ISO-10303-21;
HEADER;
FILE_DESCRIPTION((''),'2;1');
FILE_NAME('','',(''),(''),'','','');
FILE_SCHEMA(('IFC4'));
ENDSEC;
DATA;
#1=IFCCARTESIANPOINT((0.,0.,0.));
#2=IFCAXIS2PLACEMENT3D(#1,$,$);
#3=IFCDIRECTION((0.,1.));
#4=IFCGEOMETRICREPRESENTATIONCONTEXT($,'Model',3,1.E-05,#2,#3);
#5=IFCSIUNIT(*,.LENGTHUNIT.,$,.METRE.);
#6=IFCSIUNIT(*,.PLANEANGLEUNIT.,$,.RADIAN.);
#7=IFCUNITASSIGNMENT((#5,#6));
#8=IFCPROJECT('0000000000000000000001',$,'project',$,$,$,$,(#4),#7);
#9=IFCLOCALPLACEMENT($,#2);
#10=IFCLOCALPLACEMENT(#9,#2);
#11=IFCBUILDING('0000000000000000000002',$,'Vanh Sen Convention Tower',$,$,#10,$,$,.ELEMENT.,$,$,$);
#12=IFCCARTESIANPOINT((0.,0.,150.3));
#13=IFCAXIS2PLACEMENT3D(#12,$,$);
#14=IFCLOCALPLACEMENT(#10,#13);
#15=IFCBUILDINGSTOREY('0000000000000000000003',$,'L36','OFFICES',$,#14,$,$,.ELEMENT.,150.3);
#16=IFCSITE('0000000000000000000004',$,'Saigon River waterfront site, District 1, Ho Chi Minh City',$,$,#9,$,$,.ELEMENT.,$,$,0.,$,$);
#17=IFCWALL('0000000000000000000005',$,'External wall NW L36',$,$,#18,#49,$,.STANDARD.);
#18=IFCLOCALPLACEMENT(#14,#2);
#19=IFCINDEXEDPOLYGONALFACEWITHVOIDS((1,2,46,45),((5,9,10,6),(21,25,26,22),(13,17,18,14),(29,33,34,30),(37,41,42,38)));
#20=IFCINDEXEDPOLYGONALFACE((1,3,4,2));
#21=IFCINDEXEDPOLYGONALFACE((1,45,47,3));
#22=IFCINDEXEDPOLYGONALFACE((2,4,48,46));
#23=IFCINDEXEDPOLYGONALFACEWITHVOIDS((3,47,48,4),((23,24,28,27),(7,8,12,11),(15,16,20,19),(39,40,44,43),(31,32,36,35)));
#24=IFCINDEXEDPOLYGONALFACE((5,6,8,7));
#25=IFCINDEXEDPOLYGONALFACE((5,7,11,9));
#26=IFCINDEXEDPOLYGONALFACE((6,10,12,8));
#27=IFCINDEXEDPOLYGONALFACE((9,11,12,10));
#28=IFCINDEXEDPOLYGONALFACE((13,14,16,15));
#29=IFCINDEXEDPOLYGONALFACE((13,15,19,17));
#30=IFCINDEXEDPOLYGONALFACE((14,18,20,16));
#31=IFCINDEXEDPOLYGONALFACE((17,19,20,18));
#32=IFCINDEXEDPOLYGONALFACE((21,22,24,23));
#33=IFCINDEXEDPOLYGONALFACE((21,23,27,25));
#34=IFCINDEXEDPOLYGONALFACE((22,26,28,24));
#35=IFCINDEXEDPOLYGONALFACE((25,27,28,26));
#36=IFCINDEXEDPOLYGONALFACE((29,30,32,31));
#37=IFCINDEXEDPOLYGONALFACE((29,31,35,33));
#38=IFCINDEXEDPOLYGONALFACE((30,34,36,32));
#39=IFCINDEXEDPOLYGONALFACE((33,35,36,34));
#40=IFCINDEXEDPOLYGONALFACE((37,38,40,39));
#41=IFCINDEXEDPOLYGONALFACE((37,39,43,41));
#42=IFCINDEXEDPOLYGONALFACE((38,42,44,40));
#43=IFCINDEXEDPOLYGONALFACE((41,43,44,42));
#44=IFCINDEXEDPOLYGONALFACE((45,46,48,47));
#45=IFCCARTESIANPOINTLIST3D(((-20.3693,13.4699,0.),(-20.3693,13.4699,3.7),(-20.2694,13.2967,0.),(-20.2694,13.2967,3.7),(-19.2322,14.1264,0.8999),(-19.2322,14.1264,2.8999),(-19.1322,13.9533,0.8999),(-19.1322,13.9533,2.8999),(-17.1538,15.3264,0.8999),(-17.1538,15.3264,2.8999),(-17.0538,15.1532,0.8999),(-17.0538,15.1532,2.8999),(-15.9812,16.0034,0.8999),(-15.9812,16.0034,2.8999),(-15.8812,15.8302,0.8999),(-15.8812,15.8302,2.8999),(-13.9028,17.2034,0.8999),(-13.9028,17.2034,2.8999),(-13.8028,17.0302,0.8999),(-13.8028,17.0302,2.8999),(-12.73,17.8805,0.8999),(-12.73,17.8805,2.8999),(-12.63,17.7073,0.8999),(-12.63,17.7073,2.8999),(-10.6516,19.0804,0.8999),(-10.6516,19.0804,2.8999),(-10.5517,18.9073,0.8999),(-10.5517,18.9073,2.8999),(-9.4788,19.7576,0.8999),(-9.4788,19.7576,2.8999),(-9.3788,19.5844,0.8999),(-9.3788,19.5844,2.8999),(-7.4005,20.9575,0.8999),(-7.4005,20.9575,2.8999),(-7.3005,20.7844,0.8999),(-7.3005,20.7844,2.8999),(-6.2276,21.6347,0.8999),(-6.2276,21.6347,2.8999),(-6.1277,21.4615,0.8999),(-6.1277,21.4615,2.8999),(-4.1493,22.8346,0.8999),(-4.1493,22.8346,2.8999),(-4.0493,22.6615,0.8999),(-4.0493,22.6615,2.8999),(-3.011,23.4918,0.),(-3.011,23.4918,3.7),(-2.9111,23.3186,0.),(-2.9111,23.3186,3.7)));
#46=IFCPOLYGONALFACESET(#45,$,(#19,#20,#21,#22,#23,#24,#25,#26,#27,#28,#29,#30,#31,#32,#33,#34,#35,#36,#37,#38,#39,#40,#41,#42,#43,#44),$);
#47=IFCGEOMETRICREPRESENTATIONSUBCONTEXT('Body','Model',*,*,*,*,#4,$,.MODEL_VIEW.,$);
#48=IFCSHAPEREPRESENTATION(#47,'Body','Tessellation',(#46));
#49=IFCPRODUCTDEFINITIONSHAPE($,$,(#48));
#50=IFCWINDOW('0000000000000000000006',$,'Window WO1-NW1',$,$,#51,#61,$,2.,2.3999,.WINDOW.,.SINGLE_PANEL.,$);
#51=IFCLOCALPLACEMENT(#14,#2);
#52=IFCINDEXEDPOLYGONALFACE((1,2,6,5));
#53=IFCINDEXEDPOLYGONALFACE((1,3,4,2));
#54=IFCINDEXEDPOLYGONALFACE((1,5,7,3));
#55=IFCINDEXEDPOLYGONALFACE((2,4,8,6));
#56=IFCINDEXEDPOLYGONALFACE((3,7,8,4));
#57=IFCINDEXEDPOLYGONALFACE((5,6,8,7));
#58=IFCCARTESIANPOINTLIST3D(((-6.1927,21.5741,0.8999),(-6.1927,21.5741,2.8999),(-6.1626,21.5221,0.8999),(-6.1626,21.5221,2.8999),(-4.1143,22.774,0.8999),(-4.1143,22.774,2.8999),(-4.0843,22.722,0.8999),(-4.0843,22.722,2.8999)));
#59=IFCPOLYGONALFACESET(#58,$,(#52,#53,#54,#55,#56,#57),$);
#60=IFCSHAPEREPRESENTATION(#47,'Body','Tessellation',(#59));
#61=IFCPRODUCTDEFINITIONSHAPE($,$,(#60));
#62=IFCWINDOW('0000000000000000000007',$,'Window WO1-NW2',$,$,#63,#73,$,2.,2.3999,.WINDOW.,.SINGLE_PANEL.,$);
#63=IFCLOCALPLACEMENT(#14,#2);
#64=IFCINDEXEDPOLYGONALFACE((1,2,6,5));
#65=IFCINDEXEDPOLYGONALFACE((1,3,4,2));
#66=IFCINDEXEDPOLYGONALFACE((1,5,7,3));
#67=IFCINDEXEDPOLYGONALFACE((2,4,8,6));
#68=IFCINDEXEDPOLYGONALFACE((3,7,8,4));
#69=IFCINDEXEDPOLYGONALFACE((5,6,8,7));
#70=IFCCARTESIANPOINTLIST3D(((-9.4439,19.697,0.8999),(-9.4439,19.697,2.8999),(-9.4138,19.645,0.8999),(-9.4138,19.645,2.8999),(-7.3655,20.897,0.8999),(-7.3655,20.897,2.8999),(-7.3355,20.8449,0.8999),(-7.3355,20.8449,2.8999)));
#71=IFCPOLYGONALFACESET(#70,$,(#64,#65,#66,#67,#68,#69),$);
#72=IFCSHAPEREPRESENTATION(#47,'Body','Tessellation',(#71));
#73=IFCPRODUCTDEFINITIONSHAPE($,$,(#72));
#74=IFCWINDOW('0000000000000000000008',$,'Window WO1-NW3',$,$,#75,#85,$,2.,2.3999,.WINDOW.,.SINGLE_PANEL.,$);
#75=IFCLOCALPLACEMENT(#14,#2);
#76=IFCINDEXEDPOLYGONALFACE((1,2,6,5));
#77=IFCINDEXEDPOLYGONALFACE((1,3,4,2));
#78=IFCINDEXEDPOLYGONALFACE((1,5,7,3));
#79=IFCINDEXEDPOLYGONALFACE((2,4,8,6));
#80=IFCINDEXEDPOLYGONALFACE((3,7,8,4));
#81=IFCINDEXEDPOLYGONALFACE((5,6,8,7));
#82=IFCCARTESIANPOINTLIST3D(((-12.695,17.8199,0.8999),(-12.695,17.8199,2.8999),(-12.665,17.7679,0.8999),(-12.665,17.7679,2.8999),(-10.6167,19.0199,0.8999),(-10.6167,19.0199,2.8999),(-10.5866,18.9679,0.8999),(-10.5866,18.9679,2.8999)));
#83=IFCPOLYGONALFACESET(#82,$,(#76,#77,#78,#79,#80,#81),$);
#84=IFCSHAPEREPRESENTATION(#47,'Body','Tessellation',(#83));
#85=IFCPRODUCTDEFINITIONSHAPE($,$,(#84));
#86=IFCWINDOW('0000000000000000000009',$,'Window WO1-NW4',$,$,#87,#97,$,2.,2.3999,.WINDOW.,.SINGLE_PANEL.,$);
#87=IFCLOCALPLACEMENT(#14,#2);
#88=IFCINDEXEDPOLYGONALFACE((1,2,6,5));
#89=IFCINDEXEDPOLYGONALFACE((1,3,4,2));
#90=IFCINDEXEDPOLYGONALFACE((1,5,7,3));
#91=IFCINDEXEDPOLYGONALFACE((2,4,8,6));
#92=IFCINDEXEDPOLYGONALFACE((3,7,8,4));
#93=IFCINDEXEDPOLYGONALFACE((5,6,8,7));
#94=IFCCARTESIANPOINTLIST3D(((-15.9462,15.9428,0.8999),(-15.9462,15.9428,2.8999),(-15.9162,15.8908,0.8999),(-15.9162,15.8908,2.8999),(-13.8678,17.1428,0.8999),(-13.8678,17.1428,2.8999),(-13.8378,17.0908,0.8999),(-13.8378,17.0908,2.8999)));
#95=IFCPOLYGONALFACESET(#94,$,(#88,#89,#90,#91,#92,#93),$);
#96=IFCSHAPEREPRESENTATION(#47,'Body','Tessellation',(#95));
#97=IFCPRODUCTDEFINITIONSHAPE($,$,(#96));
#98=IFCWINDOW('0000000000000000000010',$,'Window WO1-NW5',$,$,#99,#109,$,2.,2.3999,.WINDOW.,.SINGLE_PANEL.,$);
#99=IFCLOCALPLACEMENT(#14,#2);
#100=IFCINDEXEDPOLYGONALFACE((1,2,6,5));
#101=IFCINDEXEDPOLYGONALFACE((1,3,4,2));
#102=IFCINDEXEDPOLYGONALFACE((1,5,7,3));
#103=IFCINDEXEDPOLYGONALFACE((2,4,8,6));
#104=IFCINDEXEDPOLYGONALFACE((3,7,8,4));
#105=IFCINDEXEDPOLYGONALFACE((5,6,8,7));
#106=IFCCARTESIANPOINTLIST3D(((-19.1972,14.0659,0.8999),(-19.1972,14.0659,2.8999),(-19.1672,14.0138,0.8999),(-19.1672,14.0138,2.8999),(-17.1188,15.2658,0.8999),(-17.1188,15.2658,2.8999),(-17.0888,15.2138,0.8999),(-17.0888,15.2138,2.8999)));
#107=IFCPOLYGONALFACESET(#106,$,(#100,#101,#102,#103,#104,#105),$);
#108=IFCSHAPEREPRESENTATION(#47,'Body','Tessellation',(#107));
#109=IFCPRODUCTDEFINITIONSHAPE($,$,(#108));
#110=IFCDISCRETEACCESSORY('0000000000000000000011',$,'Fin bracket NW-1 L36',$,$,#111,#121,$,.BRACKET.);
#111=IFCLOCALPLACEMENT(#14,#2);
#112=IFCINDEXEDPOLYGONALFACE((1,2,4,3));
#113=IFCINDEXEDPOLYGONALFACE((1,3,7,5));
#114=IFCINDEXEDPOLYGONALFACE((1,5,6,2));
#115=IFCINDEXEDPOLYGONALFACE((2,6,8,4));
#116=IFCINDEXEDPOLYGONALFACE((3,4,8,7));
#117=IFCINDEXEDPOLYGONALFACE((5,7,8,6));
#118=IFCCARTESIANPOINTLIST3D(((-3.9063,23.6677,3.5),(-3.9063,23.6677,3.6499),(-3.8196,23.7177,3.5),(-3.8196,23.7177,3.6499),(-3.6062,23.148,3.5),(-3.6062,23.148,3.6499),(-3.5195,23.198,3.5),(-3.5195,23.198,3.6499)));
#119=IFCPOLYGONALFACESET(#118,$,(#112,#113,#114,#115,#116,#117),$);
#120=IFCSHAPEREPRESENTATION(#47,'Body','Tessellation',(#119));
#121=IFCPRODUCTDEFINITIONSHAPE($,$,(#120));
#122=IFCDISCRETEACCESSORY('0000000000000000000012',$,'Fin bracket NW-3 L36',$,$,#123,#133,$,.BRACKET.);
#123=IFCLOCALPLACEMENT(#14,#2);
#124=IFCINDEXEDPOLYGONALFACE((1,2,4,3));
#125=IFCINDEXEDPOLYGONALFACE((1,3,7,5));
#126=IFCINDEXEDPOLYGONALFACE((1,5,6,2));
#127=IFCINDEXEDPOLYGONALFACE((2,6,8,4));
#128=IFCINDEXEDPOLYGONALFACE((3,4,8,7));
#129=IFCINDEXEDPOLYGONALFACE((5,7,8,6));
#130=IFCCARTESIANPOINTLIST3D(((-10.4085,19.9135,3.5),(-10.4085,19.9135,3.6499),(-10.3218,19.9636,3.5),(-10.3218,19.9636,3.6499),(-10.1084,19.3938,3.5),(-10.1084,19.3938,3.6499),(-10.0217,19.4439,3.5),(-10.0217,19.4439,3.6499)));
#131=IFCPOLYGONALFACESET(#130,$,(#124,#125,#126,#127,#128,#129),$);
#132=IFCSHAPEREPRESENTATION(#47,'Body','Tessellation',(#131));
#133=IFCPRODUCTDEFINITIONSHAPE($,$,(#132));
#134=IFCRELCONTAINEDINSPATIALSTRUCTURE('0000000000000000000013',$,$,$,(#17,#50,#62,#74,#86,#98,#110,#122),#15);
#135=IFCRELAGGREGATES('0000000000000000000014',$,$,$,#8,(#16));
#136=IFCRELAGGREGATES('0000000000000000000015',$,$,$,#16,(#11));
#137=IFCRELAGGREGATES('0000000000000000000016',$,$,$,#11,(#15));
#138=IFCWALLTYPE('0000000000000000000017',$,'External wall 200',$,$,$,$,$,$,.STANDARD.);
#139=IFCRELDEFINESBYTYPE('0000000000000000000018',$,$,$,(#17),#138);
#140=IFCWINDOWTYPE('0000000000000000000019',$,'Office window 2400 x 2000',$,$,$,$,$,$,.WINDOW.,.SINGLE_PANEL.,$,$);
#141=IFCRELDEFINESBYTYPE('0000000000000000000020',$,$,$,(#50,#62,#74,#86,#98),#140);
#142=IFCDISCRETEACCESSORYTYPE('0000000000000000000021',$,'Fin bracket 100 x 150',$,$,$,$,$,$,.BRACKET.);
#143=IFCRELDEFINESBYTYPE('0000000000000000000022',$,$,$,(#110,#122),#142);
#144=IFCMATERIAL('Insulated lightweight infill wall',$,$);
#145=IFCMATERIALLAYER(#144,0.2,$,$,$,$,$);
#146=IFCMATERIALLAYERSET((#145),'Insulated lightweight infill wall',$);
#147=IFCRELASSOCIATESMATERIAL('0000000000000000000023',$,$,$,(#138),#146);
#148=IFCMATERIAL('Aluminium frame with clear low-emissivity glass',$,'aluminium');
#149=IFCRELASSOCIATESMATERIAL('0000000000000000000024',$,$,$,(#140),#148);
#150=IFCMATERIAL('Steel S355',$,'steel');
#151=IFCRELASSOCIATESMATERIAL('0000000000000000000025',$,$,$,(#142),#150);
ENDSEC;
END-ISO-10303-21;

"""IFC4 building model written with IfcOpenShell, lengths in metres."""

from ifc_helpers import new_model, si_unit, direction, frame, frame_2d, origin, origin_2d, place, context, subcontext, project, spatial, rectangle, extrude, material, layer, layer_set, type_object, element, fill, save


model = new_model("IFC4")

# Units and contexts
model_context = context("Model", 3, precision=1e-05, world=origin(), true_north=direction((0.0, 1.0)))
body_context = subcontext(model_context, "Body", "Model", "MODEL_VIEW")
ifc_project = project(units=[si_unit("LENGTHUNIT", "METRE"), si_unit("PLANEANGLEUNIT", "RADIAN")], contexts=[model_context])

# Site, building, storey
site_placement = place(None, origin())
site = spatial("IfcSite", under=ifc_project, at=site_placement, Name="Saigon River waterfront site, District 1, Ho Chi Minh City", CompositionType="ELEMENT", RefElevation=0.0)
building_placement = place(site_placement, origin())
building = spatial("IfcBuilding", under=site, at=building_placement, Name="Vanh Sen Convention Tower", CompositionType="ELEMENT")
storey_placement = place(building_placement, frame((0.0, 0.0, 150.3)))
storey = spatial("IfcBuildingStorey", under=building, at=storey_placement, Name="L36", Description="OFFICES", CompositionType="ELEMENT", Elevation=150.3)

# Wall, openings, windows
ifc_material_1 = material(Name="Insulated lightweight infill wall")
ifc_layer_1 = layer(ifc_material_1, 0.2)
ifc_layer_set_1 = layer_set([ifc_layer_1], Name="Insulated lightweight infill wall")
wall_type_1 = type_object("IfcWallType", Name="External wall 200", PredefinedType="STANDARD", material=ifc_layer_set_1)
wall_1_placement = place(storey_placement, frame((-2.9609, 23.4053, 0.0), z_axis=(0.0, 0.0, 1.0), x_axis=(-0.866023, -0.500004, 0.0)))
wall_1 = element("IfcWall", 1, at=wall_1_placement, inside=storey, type_object=wall_type_1, Name="External wall NW L36", PredefinedType="STANDARD", context=body_context, shape_type="SweptSolid", body=[
    extrude(rectangle(XDim=20.0437, YDim=0.2, at=frame_2d((10.022, 0.0))), origin(), (0.0, 0.0, 1.0), 3.7),
])
opening_1_placement = place(wall_1_placement, frame((1.3145, 0.0, 0.8999)))
opening_1 = element("IfcOpeningElement", 2, at=opening_1_placement, cuts=wall_1, PredefinedType="OPENING", context=body_context, shape_type="SweptSolid", body=[
    extrude(rectangle(XDim=2.3999, YDim=2.0, at=frame_2d((1.2, 1.0))), frame((0.0, 0.1099, 0.0), z_axis=(0.0, -1.0, 0.0), x_axis=(1.0, 0.0, 0.0)), (0.0, 0.0, 1.0), 0.22),
])
opening_2_placement = place(wall_1_placement, frame((5.0686, 0.0, 0.8999)))
opening_2 = element("IfcOpeningElement", 3, at=opening_2_placement, cuts=wall_1, PredefinedType="OPENING", context=body_context, shape_type="SweptSolid", body=[
    extrude(rectangle(XDim=2.3999, YDim=2.0, at=frame_2d((1.2, 1.0))), frame((0.0, 0.1099, 0.0), z_axis=(0.0, -1.0, 0.0), x_axis=(1.0, 0.0, 0.0)), (0.0, 0.0, 1.0), 0.22),
])
opening_3_placement = place(wall_1_placement, frame((8.8228, 0.0, 0.8999)))
opening_3 = element("IfcOpeningElement", 4, at=opening_3_placement, cuts=wall_1, PredefinedType="OPENING", context=body_context, shape_type="SweptSolid", body=[
    extrude(rectangle(XDim=2.3999, YDim=2.0, at=frame_2d((1.2, 1.0))), frame((0.0, 0.1099, 0.0), z_axis=(0.0, -1.0, 0.0), x_axis=(1.0, 0.0, 0.0)), (0.0, 0.0, 1.0), 0.22),
])
opening_4_placement = place(wall_1_placement, frame((12.5769, 0.0, 0.8999)))
opening_4 = element("IfcOpeningElement", 5, at=opening_4_placement, cuts=wall_1, PredefinedType="OPENING", context=body_context, shape_type="SweptSolid", body=[
    extrude(rectangle(XDim=2.3999, YDim=2.0, at=frame_2d((1.2, 1.0))), frame((0.0, 0.1099, 0.0), z_axis=(0.0, -1.0, 0.0), x_axis=(1.0, 0.0, 0.0)), (0.0, 0.0, 1.0), 0.22),
])
opening_5_placement = place(wall_1_placement, frame((16.3308, 0.0, 0.8999)))
opening_5 = element("IfcOpeningElement", 6, at=opening_5_placement, cuts=wall_1, PredefinedType="OPENING", context=body_context, shape_type="SweptSolid", body=[
    extrude(rectangle(XDim=2.3999, YDim=2.0, at=frame_2d((1.2, 1.0))), frame((0.0, 0.1099, 0.0), z_axis=(0.0, -1.0, 0.0), x_axis=(1.0, 0.0, 0.0)), (0.0, 0.0, 1.0), 0.22),
])
ifc_material_2 = material(Name="Aluminium frame with clear low-emissivity glass", Category="aluminium")
window_type = type_object("IfcWindowType", Name="Office window 2400 x 2000", PartitioningType="SINGLE_PANEL", PredefinedType="WINDOW", material=ifc_material_2)
window_1_placement = place(opening_1_placement, origin())
window_1 = element("IfcWindow", 7, at=window_1_placement, inside=storey, type_object=window_type, Name="Window WO1-NW1", OverallHeight=2.0, OverallWidth=2.3999, PartitioningType="SINGLE_PANEL", PredefinedType="WINDOW", context=body_context, shape_type="SweptSolid", body=[
    extrude(rectangle(XDim=2.3999, YDim=2.0, at=frame_2d((1.2, 1.0))), frame((0.0, 0.03, 0.0), z_axis=(0.0, -1.0, 0.0), x_axis=(1.0, 0.0, 0.0)), (0.0, 0.0, 1.0), 0.0601),
])
fill(opening_1, window_1)
window_2_placement = place(opening_2_placement, origin())
window_2 = element("IfcWindow", 8, at=window_2_placement, inside=storey, type_object=window_type, Name="Window WO1-NW2", OverallHeight=2.0, OverallWidth=2.3999, PartitioningType="SINGLE_PANEL", PredefinedType="WINDOW", context=body_context, shape_type="SweptSolid", body=[
    extrude(rectangle(XDim=2.3999, YDim=2.0, at=frame_2d((1.2, 1.0))), frame((0.0, 0.03, 0.0), z_axis=(0.0, -1.0, 0.0), x_axis=(1.0, 0.0, 0.0)), (0.0, 0.0, 1.0), 0.0601),
])
fill(opening_2, window_2)
window_3_placement = place(opening_3_placement, origin())
window_3 = element("IfcWindow", 9, at=window_3_placement, inside=storey, type_object=window_type, Name="Window WO1-NW3", OverallHeight=2.0, OverallWidth=2.3999, PartitioningType="SINGLE_PANEL", PredefinedType="WINDOW", context=body_context, shape_type="SweptSolid", body=[
    extrude(rectangle(XDim=2.3999, YDim=2.0, at=frame_2d((1.2, 1.0))), frame((0.0, 0.03, 0.0), z_axis=(0.0, -1.0, 0.0), x_axis=(1.0, 0.0, 0.0)), (0.0, 0.0, 1.0), 0.0601),
])
fill(opening_3, window_3)
window_4_placement = place(opening_4_placement, origin())
window_4 = element("IfcWindow", 10, at=window_4_placement, inside=storey, type_object=window_type, Name="Window WO1-NW4", OverallHeight=2.0, OverallWidth=2.3999, PartitioningType="SINGLE_PANEL", PredefinedType="WINDOW", context=body_context, shape_type="SweptSolid", body=[
    extrude(rectangle(XDim=2.3999, YDim=2.0, at=frame_2d((1.2, 1.0))), frame((0.0, 0.03, 0.0), z_axis=(0.0, -1.0, 0.0), x_axis=(1.0, 0.0, 0.0)), (0.0, 0.0, 1.0), 0.0601),
])
fill(opening_4, window_4)
window_5_placement = place(opening_5_placement, origin())
window_5 = element("IfcWindow", 11, at=window_5_placement, inside=storey, type_object=window_type, Name="Window WO1-NW5", OverallHeight=2.0, OverallWidth=2.3999, PartitioningType="SINGLE_PANEL", PredefinedType="WINDOW", context=body_context, shape_type="SweptSolid", body=[
    extrude(rectangle(XDim=2.3999, YDim=2.0, at=frame_2d((1.2, 1.0))), frame((0.0, 0.03, 0.0), z_axis=(0.0, -1.0, 0.0), x_axis=(1.0, 0.0, 0.0)), (0.0, 0.0, 1.0), 0.0601),
])
fill(opening_5, window_5)

# Discrete accessories
ifc_material_3 = material(Name="Steel S355", Category="steel")
discrete_accessory_type = type_object("IfcDiscreteAccessoryType", Name="Fin bracket 100 x 150", PredefinedType="BRACKET", material=ifc_material_3)
for number, where, z_axis, x_axis, name in (
    (12, (-3.7129, 23.4329, 3.5), (0.0, 0.0, 1.0), (-0.5, 0.866025, 0.0), "Fin bracket NW-1 L36"),
    (13, (-10.2151, 19.6787, 3.5), (0.0, 0.0, 1.0), (-0.5, 0.866025, 0.0), "Fin bracket NW-3 L36"),
):
    element("IfcDiscreteAccessory", number, at=place(storey_placement, frame(where, z_axis=z_axis, x_axis=x_axis)), inside=storey, type_object=discrete_accessory_type, Name=name, PredefinedType="BRACKET", context=body_context, shape_type="SweptSolid", body=[
        extrude(rectangle(XDim=0.6001, YDim=0.1001, at=origin_2d()), origin(), (0.0, 0.0, 1.0), 0.1499),
    ])

save(model, "model.ifc")
